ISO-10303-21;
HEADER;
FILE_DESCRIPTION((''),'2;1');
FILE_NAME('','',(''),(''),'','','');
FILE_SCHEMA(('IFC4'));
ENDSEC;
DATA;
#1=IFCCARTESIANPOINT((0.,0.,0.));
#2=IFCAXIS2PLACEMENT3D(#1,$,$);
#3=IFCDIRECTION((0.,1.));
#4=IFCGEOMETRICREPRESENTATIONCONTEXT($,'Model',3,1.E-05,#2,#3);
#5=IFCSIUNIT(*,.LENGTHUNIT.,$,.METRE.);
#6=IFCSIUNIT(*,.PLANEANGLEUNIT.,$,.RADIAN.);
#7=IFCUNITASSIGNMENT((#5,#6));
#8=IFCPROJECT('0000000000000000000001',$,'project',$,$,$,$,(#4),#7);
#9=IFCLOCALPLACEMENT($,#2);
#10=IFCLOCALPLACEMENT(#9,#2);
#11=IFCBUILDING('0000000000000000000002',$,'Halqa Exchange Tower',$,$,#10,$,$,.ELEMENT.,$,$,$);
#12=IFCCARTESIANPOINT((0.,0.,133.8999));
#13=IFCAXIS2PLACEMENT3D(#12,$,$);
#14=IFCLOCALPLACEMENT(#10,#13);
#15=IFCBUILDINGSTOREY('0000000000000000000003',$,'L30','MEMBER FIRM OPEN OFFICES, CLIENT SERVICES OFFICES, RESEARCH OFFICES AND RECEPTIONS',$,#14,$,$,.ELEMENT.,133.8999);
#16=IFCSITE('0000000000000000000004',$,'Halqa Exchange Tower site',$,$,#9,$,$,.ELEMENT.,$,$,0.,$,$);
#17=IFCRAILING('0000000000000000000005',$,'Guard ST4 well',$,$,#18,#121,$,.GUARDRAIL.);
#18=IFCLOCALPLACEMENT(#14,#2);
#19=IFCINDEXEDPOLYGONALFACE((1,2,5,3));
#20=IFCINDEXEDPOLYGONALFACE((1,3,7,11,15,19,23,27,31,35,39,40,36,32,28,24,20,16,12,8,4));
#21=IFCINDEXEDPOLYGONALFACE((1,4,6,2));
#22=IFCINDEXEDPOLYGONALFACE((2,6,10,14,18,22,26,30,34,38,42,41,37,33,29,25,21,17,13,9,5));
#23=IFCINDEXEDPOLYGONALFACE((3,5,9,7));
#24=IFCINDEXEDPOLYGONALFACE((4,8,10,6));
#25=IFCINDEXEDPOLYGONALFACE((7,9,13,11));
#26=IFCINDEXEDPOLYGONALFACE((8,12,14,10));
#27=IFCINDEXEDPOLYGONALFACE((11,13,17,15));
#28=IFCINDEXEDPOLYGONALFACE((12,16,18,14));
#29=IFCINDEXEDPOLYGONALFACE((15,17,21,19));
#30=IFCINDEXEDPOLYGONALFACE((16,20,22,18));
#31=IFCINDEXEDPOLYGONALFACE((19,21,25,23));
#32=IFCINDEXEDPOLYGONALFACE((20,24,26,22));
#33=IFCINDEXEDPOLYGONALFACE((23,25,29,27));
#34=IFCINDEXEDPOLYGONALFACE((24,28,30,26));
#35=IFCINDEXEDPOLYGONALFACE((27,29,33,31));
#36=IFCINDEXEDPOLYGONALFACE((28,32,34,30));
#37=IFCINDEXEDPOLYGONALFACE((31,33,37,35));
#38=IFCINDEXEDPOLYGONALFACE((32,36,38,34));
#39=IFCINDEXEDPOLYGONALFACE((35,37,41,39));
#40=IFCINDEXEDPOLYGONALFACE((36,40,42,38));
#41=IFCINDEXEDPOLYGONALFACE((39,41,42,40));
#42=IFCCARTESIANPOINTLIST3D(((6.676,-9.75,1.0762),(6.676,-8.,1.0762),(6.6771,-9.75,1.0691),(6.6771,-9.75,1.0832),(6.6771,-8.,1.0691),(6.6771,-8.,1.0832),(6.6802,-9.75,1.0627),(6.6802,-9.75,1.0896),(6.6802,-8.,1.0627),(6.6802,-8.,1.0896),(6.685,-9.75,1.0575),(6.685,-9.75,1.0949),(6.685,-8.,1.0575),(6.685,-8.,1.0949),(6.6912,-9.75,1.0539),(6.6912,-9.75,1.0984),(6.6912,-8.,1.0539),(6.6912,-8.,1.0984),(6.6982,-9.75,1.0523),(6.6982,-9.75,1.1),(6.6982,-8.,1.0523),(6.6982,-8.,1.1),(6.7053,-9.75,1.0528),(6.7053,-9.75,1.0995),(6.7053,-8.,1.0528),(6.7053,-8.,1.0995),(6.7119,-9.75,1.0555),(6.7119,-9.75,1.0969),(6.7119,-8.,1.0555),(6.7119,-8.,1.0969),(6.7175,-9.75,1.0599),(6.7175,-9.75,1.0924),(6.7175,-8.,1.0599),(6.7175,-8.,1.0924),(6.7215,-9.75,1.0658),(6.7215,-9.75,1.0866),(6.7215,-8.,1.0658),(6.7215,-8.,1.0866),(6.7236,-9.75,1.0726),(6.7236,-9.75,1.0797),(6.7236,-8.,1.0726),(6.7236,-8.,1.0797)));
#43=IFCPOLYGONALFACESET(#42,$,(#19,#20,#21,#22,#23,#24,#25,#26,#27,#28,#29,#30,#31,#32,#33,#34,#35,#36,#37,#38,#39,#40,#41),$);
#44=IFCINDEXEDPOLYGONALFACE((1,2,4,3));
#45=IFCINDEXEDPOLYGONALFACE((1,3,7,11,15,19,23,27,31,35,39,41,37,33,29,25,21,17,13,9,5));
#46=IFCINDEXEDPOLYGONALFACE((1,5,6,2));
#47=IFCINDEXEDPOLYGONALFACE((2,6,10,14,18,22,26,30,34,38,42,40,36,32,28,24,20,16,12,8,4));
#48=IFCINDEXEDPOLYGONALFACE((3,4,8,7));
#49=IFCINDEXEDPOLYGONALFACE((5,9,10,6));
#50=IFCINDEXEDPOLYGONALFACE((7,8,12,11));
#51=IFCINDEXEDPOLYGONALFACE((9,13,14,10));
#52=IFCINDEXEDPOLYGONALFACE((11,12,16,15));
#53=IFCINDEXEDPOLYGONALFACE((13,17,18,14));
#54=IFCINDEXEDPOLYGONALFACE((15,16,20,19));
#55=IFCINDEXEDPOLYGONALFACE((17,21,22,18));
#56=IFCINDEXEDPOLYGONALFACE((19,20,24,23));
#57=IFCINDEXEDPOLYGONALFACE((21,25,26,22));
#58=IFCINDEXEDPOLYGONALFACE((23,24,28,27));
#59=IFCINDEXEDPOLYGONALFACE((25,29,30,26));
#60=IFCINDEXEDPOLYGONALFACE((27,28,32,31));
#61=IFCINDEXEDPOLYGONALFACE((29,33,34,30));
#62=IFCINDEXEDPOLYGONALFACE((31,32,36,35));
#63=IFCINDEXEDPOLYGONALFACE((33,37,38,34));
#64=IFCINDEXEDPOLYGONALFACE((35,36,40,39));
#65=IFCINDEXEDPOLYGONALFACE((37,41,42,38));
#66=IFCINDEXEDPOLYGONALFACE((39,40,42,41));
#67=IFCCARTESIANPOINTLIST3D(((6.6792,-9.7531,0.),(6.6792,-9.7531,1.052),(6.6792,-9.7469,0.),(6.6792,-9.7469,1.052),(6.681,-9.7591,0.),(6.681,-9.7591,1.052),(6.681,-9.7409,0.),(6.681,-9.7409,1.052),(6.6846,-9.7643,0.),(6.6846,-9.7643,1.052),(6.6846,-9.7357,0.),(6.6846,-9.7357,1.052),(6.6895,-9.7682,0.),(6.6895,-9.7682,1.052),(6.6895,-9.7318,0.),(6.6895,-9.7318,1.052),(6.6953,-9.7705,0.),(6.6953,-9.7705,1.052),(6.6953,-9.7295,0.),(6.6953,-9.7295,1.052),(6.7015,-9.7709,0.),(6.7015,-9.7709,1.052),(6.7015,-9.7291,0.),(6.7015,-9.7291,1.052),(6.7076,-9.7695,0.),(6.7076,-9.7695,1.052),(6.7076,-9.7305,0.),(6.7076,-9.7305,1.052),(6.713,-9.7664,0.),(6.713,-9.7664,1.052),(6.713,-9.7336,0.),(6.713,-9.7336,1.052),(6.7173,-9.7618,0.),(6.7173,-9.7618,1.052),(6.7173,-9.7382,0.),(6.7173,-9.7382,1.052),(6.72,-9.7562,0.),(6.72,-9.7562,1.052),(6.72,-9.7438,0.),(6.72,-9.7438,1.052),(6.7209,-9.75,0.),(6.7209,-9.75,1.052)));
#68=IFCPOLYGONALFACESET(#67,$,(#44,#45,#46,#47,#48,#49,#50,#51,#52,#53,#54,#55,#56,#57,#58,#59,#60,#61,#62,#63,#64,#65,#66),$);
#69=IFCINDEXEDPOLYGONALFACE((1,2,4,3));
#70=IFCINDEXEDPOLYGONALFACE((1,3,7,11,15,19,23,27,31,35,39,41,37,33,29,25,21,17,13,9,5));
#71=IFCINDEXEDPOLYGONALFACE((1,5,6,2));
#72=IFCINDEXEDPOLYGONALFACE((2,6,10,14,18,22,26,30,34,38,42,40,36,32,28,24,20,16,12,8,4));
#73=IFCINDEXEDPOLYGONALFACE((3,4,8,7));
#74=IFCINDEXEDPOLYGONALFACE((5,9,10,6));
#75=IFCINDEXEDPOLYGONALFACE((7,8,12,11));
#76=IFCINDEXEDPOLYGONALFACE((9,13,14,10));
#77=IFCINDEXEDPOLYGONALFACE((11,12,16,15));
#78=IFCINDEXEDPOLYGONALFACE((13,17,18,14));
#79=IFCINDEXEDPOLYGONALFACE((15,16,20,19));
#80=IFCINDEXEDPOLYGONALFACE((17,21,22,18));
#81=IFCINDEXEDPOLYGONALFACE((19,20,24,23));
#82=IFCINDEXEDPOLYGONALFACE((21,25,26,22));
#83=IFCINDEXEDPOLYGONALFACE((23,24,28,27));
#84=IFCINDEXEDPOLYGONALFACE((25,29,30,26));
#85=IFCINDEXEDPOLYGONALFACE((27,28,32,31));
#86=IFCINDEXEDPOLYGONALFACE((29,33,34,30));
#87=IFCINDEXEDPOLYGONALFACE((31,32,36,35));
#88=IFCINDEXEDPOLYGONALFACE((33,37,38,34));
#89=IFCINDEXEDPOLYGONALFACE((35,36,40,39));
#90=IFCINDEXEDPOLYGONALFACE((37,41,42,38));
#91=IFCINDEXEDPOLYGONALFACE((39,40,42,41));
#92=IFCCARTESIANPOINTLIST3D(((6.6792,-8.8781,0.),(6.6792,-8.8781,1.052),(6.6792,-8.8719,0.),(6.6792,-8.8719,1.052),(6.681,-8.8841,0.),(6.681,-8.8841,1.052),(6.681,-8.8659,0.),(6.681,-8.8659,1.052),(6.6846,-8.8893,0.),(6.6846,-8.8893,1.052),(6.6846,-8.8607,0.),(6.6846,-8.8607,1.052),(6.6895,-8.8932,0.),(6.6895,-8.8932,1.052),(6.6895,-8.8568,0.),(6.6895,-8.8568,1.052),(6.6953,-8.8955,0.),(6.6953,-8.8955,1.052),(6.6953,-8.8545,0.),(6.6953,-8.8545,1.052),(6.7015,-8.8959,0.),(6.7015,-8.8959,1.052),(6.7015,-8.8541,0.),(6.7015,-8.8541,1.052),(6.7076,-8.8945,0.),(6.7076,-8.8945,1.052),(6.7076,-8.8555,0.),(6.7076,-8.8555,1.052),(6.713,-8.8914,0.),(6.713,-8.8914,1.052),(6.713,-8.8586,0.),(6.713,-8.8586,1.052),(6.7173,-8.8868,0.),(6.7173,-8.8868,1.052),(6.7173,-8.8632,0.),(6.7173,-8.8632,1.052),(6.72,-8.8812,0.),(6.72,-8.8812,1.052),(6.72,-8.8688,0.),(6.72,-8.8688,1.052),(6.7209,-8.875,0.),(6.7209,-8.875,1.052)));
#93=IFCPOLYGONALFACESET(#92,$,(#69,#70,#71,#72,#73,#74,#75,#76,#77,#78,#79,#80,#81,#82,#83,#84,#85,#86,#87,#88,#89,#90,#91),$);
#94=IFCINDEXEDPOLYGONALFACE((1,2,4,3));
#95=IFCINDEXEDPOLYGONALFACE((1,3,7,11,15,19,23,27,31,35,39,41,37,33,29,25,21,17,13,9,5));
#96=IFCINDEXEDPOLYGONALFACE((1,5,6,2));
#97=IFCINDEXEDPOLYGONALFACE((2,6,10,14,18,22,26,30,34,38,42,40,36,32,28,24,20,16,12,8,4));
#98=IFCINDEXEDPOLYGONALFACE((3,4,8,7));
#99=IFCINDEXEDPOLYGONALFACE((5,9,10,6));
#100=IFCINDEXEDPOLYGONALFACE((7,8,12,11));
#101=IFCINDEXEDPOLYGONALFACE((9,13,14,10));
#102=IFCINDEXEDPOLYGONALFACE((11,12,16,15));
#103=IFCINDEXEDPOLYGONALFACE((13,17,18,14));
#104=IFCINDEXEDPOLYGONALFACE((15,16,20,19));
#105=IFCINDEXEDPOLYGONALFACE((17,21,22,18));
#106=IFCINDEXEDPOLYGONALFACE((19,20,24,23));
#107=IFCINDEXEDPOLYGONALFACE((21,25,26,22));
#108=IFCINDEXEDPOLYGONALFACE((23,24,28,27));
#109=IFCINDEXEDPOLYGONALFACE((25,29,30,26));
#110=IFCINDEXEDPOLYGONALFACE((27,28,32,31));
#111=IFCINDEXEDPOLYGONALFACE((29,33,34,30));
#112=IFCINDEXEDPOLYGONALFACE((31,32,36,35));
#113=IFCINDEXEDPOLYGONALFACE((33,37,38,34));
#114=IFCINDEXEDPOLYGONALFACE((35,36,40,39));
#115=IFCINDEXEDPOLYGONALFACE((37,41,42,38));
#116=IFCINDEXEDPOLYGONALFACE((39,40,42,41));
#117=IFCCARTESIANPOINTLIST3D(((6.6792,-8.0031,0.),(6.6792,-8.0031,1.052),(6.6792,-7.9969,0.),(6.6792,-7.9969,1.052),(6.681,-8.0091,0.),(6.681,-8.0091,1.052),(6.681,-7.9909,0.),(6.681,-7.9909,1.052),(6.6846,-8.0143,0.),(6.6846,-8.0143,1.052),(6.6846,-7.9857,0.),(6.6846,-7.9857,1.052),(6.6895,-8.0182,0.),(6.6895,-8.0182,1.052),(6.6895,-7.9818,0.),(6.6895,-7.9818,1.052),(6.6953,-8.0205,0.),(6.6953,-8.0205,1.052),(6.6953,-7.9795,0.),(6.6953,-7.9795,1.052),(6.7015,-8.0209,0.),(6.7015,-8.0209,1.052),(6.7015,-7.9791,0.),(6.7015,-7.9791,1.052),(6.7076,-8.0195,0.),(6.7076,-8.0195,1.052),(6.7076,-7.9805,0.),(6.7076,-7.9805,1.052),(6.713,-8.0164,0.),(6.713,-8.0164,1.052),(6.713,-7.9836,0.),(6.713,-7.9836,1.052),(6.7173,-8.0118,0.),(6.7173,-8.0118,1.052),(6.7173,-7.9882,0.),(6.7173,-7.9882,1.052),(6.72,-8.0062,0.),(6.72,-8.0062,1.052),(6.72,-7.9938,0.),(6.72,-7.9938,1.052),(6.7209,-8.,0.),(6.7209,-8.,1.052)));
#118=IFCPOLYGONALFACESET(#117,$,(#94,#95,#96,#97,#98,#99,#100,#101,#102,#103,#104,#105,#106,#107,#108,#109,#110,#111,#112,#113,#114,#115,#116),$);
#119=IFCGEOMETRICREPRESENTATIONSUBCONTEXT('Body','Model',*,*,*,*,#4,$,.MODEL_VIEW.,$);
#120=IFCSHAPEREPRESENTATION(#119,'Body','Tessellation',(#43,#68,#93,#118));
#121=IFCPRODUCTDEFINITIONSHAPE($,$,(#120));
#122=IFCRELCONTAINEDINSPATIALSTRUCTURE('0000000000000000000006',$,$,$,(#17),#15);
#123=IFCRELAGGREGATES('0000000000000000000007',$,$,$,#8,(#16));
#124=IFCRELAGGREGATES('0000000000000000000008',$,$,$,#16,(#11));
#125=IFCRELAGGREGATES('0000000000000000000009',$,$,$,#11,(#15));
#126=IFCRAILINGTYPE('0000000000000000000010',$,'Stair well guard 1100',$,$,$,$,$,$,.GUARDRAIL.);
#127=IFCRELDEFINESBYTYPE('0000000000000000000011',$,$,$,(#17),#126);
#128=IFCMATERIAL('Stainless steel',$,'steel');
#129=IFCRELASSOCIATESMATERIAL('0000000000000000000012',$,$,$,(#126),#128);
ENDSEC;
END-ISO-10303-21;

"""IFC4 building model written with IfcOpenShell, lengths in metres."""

from ifc_helpers import new_model, si_unit, direction, frame, origin, origin_2d, place, context, subcontext, project, spatial, circle, extrude, material, type_object, element, save


model = new_model("IFC4")

# Units and contexts
model_context = context("Model", 3, precision=1e-05, world=origin(), true_north=direction((0.0, 1.0)))
body_context = subcontext(model_context, "Body", "Model", "MODEL_VIEW")
ifc_project = project(units=[si_unit("LENGTHUNIT", "METRE"), si_unit("PLANEANGLEUNIT", "RADIAN")], contexts=[model_context])

# Site, building, storey
site_placement = place(None, origin())
site = spatial("IfcSite", under=ifc_project, at=site_placement, Name="Halqa Exchange Tower site", CompositionType="ELEMENT", RefElevation=0.0)
building_placement = place(site_placement, origin())
building = spatial("IfcBuilding", under=site, at=building_placement, Name="Halqa Exchange Tower", CompositionType="ELEMENT")
storey_placement = place(building_placement, frame((0.0, 0.0, 133.8999)))
storey = spatial("IfcBuildingStorey", under=building, at=storey_placement, Name="L30", Description="MEMBER FIRM OPEN OFFICES, CLIENT SERVICES OFFICES, RESEARCH OFFICES AND RECEPTIONS", CompositionType="ELEMENT", Elevation=133.8999)

# Railing
ifc_material_1 = material(Name="Stainless steel", Category="steel")
railing_type_1 = type_object("IfcRailingType", Name="Stair well guard 1100", PredefinedType="GUARDRAIL", material=ifc_material_1)
railing_1_placement = place(storey_placement, frame((6.7, -9.75, 0.0)))
element("IfcRailing", 1, at=railing_1_placement, inside=storey, type_object=railing_type_1, Name="Guard ST4 well", PredefinedType="GUARDRAIL", context=body_context, shape_type="SweptSolid", body=[
    extrude(circle(Radius=0.0239, at=origin_2d()), frame((0.0, 0.0, 1.0762), z_axis=(0.0, 1.0, 0.0), x_axis=(-1.0, 0.0, 0.0)), (0.0, 0.0, 1.0), 1.75),
    extrude(circle(Radius=0.021, at=origin_2d()), origin(), (0.0, 0.0, 1.0), 1.052),
    extrude(circle(Radius=0.021, at=origin_2d()), frame((0.0, 0.875, 0.0)), (0.0, 0.0, 1.0), 1.052),
    extrude(circle(Radius=0.021, at=origin_2d()), frame((0.0, 1.75, 0.0)), (0.0, 0.0, 1.0), 1.052),
])

save(model, "model.ifc")
